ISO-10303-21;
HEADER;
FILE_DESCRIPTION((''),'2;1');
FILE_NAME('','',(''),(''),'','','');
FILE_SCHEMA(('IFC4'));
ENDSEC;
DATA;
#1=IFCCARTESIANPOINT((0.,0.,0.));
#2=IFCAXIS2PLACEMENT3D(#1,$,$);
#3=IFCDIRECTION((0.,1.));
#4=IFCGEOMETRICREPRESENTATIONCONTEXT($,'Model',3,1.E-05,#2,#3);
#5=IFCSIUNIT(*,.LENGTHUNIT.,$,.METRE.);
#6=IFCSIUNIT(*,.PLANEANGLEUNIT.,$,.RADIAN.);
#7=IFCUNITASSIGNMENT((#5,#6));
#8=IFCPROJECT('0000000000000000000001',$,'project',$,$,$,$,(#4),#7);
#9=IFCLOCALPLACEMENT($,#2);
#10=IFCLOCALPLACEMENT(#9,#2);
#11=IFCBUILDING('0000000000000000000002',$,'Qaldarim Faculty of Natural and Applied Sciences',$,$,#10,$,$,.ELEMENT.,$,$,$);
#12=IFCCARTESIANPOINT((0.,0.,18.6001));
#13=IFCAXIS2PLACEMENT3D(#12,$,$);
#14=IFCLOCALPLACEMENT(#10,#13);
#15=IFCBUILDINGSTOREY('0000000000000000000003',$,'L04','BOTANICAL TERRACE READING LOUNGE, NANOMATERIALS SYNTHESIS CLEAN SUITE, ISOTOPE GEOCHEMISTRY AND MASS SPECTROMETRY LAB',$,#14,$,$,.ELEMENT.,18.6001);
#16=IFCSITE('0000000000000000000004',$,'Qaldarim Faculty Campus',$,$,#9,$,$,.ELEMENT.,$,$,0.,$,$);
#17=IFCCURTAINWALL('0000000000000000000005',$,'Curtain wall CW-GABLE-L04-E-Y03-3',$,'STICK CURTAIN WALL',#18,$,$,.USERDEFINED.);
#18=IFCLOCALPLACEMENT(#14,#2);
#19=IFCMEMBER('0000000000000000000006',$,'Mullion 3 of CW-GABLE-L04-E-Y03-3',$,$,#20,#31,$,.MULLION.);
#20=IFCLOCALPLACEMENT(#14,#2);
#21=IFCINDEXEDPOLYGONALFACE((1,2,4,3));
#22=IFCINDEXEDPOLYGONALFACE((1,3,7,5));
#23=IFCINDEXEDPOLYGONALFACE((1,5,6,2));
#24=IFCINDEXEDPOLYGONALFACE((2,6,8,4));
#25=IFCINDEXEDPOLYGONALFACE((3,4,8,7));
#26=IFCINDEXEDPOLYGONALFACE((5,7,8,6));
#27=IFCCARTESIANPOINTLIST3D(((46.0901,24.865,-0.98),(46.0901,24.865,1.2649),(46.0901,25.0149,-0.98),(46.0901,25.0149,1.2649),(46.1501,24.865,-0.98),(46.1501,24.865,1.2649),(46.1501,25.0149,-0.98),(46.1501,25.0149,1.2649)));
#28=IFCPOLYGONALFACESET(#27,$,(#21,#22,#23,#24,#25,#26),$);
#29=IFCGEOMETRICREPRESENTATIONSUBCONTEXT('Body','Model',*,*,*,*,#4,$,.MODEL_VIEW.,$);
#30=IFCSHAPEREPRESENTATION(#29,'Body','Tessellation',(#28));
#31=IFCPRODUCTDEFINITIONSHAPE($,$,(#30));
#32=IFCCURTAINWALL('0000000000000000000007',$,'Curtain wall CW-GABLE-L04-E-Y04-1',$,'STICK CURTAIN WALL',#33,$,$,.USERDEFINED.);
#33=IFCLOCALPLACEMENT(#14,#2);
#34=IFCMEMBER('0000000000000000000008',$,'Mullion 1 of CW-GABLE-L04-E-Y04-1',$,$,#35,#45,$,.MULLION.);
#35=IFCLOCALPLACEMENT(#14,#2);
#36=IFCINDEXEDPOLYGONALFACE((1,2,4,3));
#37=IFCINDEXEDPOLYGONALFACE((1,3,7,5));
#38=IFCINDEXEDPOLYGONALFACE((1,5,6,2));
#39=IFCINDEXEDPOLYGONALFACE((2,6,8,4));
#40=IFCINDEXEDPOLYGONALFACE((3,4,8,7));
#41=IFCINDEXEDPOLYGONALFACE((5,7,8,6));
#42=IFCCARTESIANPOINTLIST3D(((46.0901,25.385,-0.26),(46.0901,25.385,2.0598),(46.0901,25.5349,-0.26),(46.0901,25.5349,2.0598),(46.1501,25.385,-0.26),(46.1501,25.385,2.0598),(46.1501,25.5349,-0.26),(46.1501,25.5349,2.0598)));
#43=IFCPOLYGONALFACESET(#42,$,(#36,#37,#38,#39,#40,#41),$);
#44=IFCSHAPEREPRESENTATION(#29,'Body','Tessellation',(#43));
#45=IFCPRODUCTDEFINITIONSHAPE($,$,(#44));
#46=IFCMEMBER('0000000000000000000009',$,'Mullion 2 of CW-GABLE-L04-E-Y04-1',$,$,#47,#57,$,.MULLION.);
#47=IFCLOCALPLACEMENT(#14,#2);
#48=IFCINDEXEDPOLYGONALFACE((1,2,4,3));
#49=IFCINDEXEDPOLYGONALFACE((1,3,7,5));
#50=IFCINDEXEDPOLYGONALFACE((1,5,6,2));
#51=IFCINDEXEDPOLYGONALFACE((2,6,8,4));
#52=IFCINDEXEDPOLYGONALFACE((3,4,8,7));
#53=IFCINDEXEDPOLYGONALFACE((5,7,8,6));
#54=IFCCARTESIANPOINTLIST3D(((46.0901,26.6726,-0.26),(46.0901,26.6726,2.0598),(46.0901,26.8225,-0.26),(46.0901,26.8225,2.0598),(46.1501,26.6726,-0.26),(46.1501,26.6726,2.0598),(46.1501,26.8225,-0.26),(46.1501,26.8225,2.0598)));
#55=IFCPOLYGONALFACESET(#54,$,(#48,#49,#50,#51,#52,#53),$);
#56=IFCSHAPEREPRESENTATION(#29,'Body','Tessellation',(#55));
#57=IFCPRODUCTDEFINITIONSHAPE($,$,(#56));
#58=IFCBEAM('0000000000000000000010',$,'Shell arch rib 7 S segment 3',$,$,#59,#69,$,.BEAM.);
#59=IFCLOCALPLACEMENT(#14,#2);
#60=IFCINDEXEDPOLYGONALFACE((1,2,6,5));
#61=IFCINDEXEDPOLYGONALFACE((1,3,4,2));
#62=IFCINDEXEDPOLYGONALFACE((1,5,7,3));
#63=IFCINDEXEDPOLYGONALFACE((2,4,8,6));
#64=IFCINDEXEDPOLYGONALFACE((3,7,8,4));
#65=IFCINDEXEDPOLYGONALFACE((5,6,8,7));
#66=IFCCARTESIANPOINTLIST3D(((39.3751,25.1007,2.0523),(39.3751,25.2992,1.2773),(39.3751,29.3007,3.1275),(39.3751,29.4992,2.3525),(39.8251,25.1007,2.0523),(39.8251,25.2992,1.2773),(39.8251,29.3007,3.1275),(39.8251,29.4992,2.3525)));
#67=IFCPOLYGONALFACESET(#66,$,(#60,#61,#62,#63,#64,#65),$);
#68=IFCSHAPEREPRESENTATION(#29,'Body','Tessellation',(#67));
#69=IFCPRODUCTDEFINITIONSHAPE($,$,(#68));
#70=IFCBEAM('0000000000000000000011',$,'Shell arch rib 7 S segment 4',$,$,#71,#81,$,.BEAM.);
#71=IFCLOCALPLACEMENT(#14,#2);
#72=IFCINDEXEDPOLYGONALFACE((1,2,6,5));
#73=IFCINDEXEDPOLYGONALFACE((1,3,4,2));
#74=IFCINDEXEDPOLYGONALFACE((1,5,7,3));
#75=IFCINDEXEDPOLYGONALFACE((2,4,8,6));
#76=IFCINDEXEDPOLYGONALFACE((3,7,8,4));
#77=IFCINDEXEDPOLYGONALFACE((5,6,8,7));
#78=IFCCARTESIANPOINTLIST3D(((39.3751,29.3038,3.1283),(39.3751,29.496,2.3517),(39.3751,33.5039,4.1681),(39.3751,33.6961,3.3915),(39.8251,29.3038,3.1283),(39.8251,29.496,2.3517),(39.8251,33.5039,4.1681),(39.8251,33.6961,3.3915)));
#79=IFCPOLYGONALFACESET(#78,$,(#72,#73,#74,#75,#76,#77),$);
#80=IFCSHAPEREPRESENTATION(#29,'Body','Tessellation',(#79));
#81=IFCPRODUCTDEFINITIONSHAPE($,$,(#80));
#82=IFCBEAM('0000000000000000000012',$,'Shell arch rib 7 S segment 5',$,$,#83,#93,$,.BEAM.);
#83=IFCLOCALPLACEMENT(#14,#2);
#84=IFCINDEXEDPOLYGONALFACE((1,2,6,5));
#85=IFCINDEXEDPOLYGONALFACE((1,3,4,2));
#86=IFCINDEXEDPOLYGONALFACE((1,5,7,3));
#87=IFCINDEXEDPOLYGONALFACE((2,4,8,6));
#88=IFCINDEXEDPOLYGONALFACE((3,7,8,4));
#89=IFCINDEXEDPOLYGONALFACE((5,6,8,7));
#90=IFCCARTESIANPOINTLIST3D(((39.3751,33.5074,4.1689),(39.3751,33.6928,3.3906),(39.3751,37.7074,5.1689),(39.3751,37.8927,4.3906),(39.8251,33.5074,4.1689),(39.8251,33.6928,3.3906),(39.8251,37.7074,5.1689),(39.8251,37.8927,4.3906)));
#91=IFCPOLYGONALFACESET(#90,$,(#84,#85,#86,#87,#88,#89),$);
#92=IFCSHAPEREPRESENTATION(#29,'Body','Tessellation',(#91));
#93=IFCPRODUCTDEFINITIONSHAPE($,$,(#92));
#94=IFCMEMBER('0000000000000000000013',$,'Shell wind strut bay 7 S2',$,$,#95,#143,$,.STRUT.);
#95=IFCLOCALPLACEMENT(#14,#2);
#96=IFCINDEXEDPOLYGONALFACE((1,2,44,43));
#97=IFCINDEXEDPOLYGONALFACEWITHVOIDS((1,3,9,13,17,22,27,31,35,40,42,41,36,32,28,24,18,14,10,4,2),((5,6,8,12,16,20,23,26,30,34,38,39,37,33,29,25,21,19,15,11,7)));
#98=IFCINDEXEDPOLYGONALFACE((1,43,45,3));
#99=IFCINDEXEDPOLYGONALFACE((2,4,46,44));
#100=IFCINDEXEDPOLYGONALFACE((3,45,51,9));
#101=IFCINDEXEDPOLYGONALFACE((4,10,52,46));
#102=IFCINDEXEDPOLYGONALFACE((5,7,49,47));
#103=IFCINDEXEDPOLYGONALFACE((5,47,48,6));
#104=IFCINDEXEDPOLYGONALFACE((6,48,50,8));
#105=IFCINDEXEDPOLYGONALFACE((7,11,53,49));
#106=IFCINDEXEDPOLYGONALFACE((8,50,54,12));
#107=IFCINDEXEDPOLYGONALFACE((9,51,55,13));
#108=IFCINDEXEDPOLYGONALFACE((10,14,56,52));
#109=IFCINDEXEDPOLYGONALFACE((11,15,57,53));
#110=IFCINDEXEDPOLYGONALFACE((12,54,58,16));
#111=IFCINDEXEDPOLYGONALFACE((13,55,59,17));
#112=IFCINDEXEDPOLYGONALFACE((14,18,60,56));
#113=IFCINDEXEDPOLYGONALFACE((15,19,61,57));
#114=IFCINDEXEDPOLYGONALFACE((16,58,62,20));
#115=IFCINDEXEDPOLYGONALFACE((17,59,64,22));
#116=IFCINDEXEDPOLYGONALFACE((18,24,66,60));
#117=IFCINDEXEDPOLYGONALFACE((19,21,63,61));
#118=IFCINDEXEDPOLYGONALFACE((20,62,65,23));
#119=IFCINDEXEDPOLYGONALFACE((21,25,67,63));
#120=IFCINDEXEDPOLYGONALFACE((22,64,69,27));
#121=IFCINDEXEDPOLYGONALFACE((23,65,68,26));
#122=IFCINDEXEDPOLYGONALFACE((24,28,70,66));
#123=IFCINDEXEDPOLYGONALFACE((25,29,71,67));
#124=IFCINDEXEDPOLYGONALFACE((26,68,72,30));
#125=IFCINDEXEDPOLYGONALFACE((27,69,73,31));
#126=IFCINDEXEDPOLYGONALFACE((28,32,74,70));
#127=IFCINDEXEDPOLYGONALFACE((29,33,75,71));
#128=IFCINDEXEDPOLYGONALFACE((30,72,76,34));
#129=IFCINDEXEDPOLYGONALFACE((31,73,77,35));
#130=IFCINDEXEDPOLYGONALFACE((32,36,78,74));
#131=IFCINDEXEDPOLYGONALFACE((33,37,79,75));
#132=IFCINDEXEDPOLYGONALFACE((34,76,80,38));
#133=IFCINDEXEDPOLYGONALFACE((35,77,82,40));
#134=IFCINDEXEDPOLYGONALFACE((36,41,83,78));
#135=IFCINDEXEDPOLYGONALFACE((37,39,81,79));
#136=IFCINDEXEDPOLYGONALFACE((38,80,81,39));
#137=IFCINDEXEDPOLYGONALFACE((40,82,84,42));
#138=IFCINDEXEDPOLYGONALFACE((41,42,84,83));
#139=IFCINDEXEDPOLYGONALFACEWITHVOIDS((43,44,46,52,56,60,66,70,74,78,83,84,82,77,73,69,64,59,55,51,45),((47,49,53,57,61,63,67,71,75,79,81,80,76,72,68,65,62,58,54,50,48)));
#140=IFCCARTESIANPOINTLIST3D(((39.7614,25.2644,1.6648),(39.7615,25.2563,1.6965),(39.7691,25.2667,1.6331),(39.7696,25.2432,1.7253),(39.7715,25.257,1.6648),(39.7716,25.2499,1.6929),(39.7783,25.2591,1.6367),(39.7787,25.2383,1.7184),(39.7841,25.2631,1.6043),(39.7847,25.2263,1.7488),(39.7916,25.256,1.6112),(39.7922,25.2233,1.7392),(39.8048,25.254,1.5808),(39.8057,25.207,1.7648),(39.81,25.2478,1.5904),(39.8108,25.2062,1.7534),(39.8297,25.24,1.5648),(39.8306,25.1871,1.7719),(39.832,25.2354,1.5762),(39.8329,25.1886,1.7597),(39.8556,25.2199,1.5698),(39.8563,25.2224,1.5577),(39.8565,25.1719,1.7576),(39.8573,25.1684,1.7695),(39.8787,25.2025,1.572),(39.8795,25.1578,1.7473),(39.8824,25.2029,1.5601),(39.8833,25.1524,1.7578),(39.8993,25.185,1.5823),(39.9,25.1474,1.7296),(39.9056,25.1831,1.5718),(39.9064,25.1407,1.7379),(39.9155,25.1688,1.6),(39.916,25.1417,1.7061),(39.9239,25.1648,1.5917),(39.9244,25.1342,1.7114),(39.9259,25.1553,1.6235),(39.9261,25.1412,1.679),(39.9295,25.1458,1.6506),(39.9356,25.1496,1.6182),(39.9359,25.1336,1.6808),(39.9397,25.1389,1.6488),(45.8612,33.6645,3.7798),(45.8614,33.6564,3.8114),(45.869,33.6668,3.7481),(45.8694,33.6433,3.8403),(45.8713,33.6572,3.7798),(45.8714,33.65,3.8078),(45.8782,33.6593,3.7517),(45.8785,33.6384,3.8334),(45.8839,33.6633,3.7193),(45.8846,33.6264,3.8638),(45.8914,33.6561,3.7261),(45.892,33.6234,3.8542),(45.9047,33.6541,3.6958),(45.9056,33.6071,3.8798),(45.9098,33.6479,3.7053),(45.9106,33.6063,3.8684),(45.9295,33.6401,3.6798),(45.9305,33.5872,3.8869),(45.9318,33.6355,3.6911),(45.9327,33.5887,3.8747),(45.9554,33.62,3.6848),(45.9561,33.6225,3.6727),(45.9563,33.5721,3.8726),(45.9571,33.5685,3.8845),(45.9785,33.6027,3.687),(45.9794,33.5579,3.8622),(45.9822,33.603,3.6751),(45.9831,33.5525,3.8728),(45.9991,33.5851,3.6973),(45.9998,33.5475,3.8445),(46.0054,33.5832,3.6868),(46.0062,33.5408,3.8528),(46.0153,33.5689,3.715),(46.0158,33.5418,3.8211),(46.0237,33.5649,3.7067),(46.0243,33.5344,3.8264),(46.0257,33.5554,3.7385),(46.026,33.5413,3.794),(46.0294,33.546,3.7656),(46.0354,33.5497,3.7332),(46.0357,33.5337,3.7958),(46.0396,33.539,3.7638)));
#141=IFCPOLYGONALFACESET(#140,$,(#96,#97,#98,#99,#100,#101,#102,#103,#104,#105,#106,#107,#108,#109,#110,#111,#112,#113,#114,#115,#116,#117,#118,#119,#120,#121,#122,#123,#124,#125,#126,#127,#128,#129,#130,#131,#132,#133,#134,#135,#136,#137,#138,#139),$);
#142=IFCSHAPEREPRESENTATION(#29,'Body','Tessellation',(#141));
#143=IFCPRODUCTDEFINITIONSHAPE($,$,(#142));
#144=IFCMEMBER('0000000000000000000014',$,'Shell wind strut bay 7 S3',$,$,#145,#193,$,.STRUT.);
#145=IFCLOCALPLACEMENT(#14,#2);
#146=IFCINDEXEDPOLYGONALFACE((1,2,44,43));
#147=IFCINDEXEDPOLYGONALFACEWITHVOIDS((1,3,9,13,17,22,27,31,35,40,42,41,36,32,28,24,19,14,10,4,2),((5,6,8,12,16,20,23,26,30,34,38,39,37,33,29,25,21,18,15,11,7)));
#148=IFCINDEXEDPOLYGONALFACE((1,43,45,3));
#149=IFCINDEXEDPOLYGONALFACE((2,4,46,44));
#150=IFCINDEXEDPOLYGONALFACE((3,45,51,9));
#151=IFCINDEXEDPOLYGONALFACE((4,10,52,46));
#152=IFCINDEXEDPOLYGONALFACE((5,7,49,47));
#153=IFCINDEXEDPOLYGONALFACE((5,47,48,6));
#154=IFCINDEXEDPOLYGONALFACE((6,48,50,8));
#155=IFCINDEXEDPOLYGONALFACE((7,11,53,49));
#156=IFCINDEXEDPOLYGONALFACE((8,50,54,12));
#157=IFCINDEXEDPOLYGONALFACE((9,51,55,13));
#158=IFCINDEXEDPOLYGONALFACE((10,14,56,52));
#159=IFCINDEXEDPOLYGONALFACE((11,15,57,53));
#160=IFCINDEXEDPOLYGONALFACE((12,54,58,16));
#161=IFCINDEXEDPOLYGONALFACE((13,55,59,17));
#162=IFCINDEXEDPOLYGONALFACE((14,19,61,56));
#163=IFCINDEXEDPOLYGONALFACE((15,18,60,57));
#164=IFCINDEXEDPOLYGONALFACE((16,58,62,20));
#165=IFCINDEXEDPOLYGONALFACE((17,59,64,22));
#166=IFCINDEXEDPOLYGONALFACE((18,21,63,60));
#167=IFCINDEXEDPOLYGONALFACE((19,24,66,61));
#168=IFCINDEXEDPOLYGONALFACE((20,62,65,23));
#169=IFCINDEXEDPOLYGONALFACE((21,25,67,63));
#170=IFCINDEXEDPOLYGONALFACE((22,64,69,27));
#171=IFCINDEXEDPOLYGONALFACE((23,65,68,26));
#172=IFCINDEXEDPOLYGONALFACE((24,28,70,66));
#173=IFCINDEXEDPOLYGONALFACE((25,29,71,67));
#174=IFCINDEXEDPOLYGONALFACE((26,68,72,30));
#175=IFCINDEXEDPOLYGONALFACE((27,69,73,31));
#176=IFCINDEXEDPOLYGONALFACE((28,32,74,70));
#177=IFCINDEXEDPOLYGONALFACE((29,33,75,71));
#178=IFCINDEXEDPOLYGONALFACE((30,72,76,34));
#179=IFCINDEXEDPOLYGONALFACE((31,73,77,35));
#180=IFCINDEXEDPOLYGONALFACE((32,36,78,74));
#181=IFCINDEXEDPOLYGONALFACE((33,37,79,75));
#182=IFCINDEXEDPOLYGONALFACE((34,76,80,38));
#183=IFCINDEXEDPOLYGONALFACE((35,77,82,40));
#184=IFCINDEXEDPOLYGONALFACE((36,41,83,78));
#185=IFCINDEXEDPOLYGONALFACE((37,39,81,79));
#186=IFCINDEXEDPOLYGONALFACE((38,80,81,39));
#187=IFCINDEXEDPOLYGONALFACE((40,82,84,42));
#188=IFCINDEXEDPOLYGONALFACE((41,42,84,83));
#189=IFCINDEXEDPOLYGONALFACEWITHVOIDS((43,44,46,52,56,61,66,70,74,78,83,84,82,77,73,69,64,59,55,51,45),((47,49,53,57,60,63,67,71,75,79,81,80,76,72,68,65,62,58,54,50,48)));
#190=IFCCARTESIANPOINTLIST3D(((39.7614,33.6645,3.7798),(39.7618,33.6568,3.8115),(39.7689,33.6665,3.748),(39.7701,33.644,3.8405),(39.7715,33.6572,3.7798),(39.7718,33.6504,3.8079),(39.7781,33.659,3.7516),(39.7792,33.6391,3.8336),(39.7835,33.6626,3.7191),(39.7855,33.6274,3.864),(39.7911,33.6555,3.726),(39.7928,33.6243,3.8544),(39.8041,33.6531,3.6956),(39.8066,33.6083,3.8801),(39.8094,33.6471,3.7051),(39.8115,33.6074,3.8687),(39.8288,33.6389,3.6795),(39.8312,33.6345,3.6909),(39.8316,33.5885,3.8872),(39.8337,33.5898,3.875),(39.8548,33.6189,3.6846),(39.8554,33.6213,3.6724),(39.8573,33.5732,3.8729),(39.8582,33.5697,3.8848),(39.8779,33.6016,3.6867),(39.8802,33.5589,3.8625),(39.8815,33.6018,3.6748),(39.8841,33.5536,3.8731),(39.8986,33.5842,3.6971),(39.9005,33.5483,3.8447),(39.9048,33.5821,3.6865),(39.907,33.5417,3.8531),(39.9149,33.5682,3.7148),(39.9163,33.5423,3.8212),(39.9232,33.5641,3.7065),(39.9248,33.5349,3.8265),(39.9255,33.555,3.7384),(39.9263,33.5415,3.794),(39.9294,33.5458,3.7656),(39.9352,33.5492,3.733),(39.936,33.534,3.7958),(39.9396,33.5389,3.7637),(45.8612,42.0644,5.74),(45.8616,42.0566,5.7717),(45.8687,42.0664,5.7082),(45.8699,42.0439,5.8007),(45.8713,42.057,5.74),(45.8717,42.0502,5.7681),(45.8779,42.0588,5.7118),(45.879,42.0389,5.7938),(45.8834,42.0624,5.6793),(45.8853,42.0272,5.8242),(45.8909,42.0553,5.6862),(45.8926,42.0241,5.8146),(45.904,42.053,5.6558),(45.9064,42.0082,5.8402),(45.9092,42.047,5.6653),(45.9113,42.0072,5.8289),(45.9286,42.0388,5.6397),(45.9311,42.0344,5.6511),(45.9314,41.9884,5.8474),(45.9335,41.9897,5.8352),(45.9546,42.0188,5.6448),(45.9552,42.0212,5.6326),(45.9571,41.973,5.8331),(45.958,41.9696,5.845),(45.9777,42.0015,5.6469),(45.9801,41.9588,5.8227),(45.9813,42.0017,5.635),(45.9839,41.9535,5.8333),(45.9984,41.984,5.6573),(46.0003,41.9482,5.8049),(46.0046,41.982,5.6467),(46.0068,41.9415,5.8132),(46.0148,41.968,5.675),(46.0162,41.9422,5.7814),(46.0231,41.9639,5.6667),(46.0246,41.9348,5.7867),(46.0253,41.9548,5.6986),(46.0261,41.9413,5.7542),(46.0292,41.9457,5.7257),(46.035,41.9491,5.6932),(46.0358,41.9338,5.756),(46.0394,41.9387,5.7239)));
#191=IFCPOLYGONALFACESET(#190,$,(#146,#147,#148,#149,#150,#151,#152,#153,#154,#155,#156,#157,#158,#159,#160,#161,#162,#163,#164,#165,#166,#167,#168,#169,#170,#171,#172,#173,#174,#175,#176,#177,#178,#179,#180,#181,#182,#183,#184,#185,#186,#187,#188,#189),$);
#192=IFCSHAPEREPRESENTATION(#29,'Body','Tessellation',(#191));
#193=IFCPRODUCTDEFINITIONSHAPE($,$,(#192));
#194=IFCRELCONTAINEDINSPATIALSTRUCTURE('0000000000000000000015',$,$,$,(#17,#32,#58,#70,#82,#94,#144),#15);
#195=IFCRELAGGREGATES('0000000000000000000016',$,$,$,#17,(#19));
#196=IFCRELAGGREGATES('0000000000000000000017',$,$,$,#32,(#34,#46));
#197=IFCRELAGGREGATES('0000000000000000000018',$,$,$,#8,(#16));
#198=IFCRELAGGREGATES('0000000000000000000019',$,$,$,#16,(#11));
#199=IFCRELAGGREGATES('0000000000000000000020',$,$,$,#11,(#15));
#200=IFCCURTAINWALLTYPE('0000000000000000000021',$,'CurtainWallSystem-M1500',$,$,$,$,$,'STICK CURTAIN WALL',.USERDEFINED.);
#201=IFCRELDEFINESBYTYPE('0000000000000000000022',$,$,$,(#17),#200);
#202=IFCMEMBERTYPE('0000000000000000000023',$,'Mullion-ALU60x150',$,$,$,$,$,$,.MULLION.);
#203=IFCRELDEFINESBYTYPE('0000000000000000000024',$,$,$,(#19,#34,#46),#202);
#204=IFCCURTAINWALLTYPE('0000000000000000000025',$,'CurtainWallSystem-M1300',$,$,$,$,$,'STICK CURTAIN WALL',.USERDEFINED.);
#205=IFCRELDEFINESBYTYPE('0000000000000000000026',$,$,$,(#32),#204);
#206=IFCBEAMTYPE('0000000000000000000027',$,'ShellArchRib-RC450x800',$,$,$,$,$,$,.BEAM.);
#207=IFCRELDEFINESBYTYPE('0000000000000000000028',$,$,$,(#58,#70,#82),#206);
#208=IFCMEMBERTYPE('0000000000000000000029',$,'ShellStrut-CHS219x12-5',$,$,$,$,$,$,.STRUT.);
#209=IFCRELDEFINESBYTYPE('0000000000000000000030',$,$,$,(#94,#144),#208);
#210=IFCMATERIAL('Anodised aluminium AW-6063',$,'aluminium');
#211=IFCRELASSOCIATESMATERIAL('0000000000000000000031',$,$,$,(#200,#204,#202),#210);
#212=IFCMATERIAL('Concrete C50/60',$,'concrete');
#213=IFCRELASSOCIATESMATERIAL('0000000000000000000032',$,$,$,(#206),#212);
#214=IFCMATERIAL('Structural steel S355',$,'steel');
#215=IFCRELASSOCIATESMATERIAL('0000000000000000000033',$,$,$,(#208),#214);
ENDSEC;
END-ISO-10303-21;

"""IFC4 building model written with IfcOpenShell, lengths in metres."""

from ifc_helpers import new_model, si_unit, direction, frame, origin, origin_2d, place, context, subcontext, project, spatial, rectangle, hollow_circle, extrude, material, material_profile, profile_set, type_object, element, aggregate, save


model = new_model("IFC4")

# Units and contexts
model_context = context("Model", 3, precision=1e-05, world=origin(), true_north=direction((0.0, 1.0)))
body_context = subcontext(model_context, "Body", "Model", "MODEL_VIEW")
ifc_project = project(units=[si_unit("LENGTHUNIT", "METRE"), si_unit("PLANEANGLEUNIT", "RADIAN")], contexts=[model_context])

# Site, building, storey
site_placement = place(None, origin())
site = spatial("IfcSite", under=ifc_project, at=site_placement, Name="Qaldarim Faculty Campus", CompositionType="ELEMENT", RefElevation=0.0)
building_placement = place(site_placement, origin())
building = spatial("IfcBuilding", under=site, at=building_placement, Name="Qaldarim Faculty of Natural and Applied Sciences", CompositionType="ELEMENT")
storey_placement = place(building_placement, frame((0.0, 0.0, 18.6001)))
storey = spatial("IfcBuildingStorey", under=building, at=storey_placement, Name="L04", Description="BOTANICAL TERRACE READING LOUNGE, NANOMATERIALS SYNTHESIS CLEAN SUITE, ISOTOPE GEOCHEMISTRY AND MASS SPECTROMETRY LAB", CompositionType="ELEMENT", Elevation=18.6001)

# Curtain wall, member
ifc_material_1 = material(Name="Anodised aluminium AW-6063", Category="aluminium")
curtain_wall_type_1 = type_object("IfcCurtainWallType", Name="CurtainWallSystem-M1500", ElementType="STICK CURTAIN WALL", PredefinedType="USERDEFINED", material=ifc_material_1)
curtain_wall_1_placement = place(storey_placement, origin())
curtain_wall_1 = element("IfcCurtainWall", 1, at=curtain_wall_1_placement, inside=storey, type_object=curtain_wall_type_1, Name="Curtain wall CW-GABLE-L04-E-Y03-3", ObjectType="STICK CURTAIN WALL", PredefinedType="USERDEFINED")
ifc_material_profile_1 = material_profile(ifc_material_1, rectangle(XDim=0.0601, YDim=0.1499, at=origin_2d()), Name="ALU-M60x150")
ifc_profile_set_1 = profile_set([ifc_material_profile_1], Name="Anodised aluminium AW-6063")
member_type_1 = type_object("IfcMemberType", Name="Mullion-ALU60x150", PredefinedType="MULLION", material=ifc_profile_set_1)
member_1_placement = place(storey_placement, frame((46.1201, 24.9399, -0.98), z_axis=(0.0, 0.0, 1.0), x_axis=(-1.0, 0.0, 0.0)))
member_1 = element("IfcMember", 2, at=member_1_placement, type_object=member_type_1, Name="Mullion 3 of CW-GABLE-L04-E-Y03-3", PredefinedType="MULLION", context=body_context, shape_type="SweptSolid", body=[
    extrude(rectangle(XDim=0.0601, YDim=0.1499, at=origin_2d()), origin(), (0.0, 0.0, 1.0), 2.2449),
])

# Curtain wall, members
curtain_wall_type_2 = type_object("IfcCurtainWallType", Name="CurtainWallSystem-M1300", ElementType="STICK CURTAIN WALL", PredefinedType="USERDEFINED", material=ifc_material_1)
curtain_wall_2_placement = place(storey_placement, origin())
curtain_wall_2 = element("IfcCurtainWall", 3, at=curtain_wall_2_placement, inside=storey, type_object=curtain_wall_type_2, Name="Curtain wall CW-GABLE-L04-E-Y04-1", ObjectType="STICK CURTAIN WALL", PredefinedType="USERDEFINED")
member_2_placement = place(storey_placement, frame((46.1201, 25.46, -0.26), z_axis=(0.0, 0.0, 1.0), x_axis=(-1.0, 0.0, 0.0)))
member_2 = element("IfcMember", 4, at=member_2_placement, type_object=member_type_1, Name="Mullion 1 of CW-GABLE-L04-E-Y04-1", PredefinedType="MULLION", context=body_context, shape_type="SweptSolid", body=[
    extrude(rectangle(XDim=0.0601, YDim=0.1499, at=origin_2d()), origin(), (0.0, 0.0, 1.0), 2.3198),
])
member_3_placement = place(storey_placement, frame((46.1201, 26.7476, -0.26), z_axis=(0.0, 0.0, 1.0), x_axis=(-1.0, 0.0, 0.0)))
member_3 = element("IfcMember", 5, at=member_3_placement, type_object=member_type_1, Name="Mullion 2 of CW-GABLE-L04-E-Y04-1", PredefinedType="MULLION", context=body_context, shape_type="SweptSolid", body=[
    extrude(rectangle(XDim=0.0601, YDim=0.1499, at=origin_2d()), origin(), (0.0, 0.0, 1.0), 2.3198),
])

# Beams
ifc_material_2 = material(Name="Concrete C50/60", Category="concrete")
ifc_material_profile_2 = material_profile(ifc_material_2, rectangle(XDim=0.45, YDim=0.8, at=origin_2d()), Name="RC-RIB450x800")
ifc_profile_set_2 = profile_set([ifc_material_profile_2], Name="Concrete C50/60")
beam_type = type_object("IfcBeamType", Name="ShellArchRib-RC450x800", PredefinedType="BEAM", material=ifc_profile_set_2)
beam_1_placement = place(storey_placement, frame((39.6001, 25.2, 1.6648), z_axis=(0.0, 0.968759, 0.248004), x_axis=(-1.0, 0.0, 0.0)))
element("IfcBeam", 6, at=beam_1_placement, inside=storey, type_object=beam_type, Name="Shell arch rib 7 S segment 3", PredefinedType="BEAM", context=body_context, shape_type="SweptSolid", body=[
    extrude(rectangle(XDim=0.45, YDim=0.8, at=origin_2d()), origin(), (0.0, 0.0, 1.0), 4.3354),
])
beam_2_placement = place(storey_placement, frame((39.6001, 29.3999, 2.74), z_axis=(0.0, 0.970698, 0.240305), x_axis=(-1.0, 0.0, 0.0)))
element("IfcBeam", 7, at=beam_2_placement, inside=storey, type_object=beam_type, Name="Shell arch rib 7 S segment 4", PredefinedType="BEAM", context=body_context, shape_type="SweptSolid", body=[
    extrude(rectangle(XDim=0.45, YDim=0.8, at=origin_2d()), origin(), (0.0, 0.0, 1.0), 4.3269),
])
beam_3_placement = place(storey_placement, frame((39.6001, 33.6001, 3.7798), z_axis=(0.0, 0.972806, 0.231623), x_axis=(-1.0, 0.0, 0.0)))
element("IfcBeam", 8, at=beam_3_placement, inside=storey, type_object=beam_type, Name="Shell arch rib 7 S segment 5", PredefinedType="BEAM", context=body_context, shape_type="SweptSolid", body=[
    extrude(rectangle(XDim=0.45, YDim=0.8, at=origin_2d()), origin(), (0.0, 0.0, 1.0), 4.3174),
])

# Members
ifc_material_3 = material(Name="Structural steel S355", Category="steel")
ifc_material_profile_3 = material_profile(ifc_material_3, hollow_circle(Radius=0.1096, WallThickness=0.0125, at=origin_2d()), Name="CHS 219.1x12.5")
ifc_profile_set_3 = profile_set([ifc_material_profile_3], Name="Structural steel S355")
member_type_2 = type_object("IfcMemberType", Name="ShellStrut-CHS219x12-5", PredefinedType="STRUT", material=ifc_profile_set_3)
member_4_placement = place(storey_placement, frame((39.8501, 25.2, 1.6648), z_axis=(0.575756, 0.792877, 0.199631), x_axis=(-0.809164, 0.587583, 0.0)))
element("IfcMember", 9, at=member_4_placement, inside=storey, type_object=member_type_2, Name="Shell wind strut bay 7 S2", PredefinedType="STRUT", context=body_context, shape_type="SweptSolid", body=[
    extrude(hollow_circle(Radius=0.1096, WallThickness=0.0125, at=origin_2d()), origin(), (0.0, 0.0, 1.0), 10.5945),
])
member_5_placement = place(storey_placement, frame((39.8501, 33.6001, 3.7798), z_axis=(0.577391, 0.795105, 0.185546), x_axis=(-0.809156, 0.587594, 0.0)))
element("IfcMember", 10, at=member_5_placement, inside=storey, type_object=member_type_2, Name="Shell wind strut bay 7 S3", PredefinedType="STRUT", context=body_context, shape_type="SweptSolid", body=[
    extrude(hollow_circle(Radius=0.1096, WallThickness=0.0125, at=origin_2d()), origin(), (0.0, 0.0, 1.0), 10.5645),
])

aggregate(curtain_wall_1, [member_1])

aggregate(curtain_wall_2, [member_2, member_3])

save(model, "model.ifc")
